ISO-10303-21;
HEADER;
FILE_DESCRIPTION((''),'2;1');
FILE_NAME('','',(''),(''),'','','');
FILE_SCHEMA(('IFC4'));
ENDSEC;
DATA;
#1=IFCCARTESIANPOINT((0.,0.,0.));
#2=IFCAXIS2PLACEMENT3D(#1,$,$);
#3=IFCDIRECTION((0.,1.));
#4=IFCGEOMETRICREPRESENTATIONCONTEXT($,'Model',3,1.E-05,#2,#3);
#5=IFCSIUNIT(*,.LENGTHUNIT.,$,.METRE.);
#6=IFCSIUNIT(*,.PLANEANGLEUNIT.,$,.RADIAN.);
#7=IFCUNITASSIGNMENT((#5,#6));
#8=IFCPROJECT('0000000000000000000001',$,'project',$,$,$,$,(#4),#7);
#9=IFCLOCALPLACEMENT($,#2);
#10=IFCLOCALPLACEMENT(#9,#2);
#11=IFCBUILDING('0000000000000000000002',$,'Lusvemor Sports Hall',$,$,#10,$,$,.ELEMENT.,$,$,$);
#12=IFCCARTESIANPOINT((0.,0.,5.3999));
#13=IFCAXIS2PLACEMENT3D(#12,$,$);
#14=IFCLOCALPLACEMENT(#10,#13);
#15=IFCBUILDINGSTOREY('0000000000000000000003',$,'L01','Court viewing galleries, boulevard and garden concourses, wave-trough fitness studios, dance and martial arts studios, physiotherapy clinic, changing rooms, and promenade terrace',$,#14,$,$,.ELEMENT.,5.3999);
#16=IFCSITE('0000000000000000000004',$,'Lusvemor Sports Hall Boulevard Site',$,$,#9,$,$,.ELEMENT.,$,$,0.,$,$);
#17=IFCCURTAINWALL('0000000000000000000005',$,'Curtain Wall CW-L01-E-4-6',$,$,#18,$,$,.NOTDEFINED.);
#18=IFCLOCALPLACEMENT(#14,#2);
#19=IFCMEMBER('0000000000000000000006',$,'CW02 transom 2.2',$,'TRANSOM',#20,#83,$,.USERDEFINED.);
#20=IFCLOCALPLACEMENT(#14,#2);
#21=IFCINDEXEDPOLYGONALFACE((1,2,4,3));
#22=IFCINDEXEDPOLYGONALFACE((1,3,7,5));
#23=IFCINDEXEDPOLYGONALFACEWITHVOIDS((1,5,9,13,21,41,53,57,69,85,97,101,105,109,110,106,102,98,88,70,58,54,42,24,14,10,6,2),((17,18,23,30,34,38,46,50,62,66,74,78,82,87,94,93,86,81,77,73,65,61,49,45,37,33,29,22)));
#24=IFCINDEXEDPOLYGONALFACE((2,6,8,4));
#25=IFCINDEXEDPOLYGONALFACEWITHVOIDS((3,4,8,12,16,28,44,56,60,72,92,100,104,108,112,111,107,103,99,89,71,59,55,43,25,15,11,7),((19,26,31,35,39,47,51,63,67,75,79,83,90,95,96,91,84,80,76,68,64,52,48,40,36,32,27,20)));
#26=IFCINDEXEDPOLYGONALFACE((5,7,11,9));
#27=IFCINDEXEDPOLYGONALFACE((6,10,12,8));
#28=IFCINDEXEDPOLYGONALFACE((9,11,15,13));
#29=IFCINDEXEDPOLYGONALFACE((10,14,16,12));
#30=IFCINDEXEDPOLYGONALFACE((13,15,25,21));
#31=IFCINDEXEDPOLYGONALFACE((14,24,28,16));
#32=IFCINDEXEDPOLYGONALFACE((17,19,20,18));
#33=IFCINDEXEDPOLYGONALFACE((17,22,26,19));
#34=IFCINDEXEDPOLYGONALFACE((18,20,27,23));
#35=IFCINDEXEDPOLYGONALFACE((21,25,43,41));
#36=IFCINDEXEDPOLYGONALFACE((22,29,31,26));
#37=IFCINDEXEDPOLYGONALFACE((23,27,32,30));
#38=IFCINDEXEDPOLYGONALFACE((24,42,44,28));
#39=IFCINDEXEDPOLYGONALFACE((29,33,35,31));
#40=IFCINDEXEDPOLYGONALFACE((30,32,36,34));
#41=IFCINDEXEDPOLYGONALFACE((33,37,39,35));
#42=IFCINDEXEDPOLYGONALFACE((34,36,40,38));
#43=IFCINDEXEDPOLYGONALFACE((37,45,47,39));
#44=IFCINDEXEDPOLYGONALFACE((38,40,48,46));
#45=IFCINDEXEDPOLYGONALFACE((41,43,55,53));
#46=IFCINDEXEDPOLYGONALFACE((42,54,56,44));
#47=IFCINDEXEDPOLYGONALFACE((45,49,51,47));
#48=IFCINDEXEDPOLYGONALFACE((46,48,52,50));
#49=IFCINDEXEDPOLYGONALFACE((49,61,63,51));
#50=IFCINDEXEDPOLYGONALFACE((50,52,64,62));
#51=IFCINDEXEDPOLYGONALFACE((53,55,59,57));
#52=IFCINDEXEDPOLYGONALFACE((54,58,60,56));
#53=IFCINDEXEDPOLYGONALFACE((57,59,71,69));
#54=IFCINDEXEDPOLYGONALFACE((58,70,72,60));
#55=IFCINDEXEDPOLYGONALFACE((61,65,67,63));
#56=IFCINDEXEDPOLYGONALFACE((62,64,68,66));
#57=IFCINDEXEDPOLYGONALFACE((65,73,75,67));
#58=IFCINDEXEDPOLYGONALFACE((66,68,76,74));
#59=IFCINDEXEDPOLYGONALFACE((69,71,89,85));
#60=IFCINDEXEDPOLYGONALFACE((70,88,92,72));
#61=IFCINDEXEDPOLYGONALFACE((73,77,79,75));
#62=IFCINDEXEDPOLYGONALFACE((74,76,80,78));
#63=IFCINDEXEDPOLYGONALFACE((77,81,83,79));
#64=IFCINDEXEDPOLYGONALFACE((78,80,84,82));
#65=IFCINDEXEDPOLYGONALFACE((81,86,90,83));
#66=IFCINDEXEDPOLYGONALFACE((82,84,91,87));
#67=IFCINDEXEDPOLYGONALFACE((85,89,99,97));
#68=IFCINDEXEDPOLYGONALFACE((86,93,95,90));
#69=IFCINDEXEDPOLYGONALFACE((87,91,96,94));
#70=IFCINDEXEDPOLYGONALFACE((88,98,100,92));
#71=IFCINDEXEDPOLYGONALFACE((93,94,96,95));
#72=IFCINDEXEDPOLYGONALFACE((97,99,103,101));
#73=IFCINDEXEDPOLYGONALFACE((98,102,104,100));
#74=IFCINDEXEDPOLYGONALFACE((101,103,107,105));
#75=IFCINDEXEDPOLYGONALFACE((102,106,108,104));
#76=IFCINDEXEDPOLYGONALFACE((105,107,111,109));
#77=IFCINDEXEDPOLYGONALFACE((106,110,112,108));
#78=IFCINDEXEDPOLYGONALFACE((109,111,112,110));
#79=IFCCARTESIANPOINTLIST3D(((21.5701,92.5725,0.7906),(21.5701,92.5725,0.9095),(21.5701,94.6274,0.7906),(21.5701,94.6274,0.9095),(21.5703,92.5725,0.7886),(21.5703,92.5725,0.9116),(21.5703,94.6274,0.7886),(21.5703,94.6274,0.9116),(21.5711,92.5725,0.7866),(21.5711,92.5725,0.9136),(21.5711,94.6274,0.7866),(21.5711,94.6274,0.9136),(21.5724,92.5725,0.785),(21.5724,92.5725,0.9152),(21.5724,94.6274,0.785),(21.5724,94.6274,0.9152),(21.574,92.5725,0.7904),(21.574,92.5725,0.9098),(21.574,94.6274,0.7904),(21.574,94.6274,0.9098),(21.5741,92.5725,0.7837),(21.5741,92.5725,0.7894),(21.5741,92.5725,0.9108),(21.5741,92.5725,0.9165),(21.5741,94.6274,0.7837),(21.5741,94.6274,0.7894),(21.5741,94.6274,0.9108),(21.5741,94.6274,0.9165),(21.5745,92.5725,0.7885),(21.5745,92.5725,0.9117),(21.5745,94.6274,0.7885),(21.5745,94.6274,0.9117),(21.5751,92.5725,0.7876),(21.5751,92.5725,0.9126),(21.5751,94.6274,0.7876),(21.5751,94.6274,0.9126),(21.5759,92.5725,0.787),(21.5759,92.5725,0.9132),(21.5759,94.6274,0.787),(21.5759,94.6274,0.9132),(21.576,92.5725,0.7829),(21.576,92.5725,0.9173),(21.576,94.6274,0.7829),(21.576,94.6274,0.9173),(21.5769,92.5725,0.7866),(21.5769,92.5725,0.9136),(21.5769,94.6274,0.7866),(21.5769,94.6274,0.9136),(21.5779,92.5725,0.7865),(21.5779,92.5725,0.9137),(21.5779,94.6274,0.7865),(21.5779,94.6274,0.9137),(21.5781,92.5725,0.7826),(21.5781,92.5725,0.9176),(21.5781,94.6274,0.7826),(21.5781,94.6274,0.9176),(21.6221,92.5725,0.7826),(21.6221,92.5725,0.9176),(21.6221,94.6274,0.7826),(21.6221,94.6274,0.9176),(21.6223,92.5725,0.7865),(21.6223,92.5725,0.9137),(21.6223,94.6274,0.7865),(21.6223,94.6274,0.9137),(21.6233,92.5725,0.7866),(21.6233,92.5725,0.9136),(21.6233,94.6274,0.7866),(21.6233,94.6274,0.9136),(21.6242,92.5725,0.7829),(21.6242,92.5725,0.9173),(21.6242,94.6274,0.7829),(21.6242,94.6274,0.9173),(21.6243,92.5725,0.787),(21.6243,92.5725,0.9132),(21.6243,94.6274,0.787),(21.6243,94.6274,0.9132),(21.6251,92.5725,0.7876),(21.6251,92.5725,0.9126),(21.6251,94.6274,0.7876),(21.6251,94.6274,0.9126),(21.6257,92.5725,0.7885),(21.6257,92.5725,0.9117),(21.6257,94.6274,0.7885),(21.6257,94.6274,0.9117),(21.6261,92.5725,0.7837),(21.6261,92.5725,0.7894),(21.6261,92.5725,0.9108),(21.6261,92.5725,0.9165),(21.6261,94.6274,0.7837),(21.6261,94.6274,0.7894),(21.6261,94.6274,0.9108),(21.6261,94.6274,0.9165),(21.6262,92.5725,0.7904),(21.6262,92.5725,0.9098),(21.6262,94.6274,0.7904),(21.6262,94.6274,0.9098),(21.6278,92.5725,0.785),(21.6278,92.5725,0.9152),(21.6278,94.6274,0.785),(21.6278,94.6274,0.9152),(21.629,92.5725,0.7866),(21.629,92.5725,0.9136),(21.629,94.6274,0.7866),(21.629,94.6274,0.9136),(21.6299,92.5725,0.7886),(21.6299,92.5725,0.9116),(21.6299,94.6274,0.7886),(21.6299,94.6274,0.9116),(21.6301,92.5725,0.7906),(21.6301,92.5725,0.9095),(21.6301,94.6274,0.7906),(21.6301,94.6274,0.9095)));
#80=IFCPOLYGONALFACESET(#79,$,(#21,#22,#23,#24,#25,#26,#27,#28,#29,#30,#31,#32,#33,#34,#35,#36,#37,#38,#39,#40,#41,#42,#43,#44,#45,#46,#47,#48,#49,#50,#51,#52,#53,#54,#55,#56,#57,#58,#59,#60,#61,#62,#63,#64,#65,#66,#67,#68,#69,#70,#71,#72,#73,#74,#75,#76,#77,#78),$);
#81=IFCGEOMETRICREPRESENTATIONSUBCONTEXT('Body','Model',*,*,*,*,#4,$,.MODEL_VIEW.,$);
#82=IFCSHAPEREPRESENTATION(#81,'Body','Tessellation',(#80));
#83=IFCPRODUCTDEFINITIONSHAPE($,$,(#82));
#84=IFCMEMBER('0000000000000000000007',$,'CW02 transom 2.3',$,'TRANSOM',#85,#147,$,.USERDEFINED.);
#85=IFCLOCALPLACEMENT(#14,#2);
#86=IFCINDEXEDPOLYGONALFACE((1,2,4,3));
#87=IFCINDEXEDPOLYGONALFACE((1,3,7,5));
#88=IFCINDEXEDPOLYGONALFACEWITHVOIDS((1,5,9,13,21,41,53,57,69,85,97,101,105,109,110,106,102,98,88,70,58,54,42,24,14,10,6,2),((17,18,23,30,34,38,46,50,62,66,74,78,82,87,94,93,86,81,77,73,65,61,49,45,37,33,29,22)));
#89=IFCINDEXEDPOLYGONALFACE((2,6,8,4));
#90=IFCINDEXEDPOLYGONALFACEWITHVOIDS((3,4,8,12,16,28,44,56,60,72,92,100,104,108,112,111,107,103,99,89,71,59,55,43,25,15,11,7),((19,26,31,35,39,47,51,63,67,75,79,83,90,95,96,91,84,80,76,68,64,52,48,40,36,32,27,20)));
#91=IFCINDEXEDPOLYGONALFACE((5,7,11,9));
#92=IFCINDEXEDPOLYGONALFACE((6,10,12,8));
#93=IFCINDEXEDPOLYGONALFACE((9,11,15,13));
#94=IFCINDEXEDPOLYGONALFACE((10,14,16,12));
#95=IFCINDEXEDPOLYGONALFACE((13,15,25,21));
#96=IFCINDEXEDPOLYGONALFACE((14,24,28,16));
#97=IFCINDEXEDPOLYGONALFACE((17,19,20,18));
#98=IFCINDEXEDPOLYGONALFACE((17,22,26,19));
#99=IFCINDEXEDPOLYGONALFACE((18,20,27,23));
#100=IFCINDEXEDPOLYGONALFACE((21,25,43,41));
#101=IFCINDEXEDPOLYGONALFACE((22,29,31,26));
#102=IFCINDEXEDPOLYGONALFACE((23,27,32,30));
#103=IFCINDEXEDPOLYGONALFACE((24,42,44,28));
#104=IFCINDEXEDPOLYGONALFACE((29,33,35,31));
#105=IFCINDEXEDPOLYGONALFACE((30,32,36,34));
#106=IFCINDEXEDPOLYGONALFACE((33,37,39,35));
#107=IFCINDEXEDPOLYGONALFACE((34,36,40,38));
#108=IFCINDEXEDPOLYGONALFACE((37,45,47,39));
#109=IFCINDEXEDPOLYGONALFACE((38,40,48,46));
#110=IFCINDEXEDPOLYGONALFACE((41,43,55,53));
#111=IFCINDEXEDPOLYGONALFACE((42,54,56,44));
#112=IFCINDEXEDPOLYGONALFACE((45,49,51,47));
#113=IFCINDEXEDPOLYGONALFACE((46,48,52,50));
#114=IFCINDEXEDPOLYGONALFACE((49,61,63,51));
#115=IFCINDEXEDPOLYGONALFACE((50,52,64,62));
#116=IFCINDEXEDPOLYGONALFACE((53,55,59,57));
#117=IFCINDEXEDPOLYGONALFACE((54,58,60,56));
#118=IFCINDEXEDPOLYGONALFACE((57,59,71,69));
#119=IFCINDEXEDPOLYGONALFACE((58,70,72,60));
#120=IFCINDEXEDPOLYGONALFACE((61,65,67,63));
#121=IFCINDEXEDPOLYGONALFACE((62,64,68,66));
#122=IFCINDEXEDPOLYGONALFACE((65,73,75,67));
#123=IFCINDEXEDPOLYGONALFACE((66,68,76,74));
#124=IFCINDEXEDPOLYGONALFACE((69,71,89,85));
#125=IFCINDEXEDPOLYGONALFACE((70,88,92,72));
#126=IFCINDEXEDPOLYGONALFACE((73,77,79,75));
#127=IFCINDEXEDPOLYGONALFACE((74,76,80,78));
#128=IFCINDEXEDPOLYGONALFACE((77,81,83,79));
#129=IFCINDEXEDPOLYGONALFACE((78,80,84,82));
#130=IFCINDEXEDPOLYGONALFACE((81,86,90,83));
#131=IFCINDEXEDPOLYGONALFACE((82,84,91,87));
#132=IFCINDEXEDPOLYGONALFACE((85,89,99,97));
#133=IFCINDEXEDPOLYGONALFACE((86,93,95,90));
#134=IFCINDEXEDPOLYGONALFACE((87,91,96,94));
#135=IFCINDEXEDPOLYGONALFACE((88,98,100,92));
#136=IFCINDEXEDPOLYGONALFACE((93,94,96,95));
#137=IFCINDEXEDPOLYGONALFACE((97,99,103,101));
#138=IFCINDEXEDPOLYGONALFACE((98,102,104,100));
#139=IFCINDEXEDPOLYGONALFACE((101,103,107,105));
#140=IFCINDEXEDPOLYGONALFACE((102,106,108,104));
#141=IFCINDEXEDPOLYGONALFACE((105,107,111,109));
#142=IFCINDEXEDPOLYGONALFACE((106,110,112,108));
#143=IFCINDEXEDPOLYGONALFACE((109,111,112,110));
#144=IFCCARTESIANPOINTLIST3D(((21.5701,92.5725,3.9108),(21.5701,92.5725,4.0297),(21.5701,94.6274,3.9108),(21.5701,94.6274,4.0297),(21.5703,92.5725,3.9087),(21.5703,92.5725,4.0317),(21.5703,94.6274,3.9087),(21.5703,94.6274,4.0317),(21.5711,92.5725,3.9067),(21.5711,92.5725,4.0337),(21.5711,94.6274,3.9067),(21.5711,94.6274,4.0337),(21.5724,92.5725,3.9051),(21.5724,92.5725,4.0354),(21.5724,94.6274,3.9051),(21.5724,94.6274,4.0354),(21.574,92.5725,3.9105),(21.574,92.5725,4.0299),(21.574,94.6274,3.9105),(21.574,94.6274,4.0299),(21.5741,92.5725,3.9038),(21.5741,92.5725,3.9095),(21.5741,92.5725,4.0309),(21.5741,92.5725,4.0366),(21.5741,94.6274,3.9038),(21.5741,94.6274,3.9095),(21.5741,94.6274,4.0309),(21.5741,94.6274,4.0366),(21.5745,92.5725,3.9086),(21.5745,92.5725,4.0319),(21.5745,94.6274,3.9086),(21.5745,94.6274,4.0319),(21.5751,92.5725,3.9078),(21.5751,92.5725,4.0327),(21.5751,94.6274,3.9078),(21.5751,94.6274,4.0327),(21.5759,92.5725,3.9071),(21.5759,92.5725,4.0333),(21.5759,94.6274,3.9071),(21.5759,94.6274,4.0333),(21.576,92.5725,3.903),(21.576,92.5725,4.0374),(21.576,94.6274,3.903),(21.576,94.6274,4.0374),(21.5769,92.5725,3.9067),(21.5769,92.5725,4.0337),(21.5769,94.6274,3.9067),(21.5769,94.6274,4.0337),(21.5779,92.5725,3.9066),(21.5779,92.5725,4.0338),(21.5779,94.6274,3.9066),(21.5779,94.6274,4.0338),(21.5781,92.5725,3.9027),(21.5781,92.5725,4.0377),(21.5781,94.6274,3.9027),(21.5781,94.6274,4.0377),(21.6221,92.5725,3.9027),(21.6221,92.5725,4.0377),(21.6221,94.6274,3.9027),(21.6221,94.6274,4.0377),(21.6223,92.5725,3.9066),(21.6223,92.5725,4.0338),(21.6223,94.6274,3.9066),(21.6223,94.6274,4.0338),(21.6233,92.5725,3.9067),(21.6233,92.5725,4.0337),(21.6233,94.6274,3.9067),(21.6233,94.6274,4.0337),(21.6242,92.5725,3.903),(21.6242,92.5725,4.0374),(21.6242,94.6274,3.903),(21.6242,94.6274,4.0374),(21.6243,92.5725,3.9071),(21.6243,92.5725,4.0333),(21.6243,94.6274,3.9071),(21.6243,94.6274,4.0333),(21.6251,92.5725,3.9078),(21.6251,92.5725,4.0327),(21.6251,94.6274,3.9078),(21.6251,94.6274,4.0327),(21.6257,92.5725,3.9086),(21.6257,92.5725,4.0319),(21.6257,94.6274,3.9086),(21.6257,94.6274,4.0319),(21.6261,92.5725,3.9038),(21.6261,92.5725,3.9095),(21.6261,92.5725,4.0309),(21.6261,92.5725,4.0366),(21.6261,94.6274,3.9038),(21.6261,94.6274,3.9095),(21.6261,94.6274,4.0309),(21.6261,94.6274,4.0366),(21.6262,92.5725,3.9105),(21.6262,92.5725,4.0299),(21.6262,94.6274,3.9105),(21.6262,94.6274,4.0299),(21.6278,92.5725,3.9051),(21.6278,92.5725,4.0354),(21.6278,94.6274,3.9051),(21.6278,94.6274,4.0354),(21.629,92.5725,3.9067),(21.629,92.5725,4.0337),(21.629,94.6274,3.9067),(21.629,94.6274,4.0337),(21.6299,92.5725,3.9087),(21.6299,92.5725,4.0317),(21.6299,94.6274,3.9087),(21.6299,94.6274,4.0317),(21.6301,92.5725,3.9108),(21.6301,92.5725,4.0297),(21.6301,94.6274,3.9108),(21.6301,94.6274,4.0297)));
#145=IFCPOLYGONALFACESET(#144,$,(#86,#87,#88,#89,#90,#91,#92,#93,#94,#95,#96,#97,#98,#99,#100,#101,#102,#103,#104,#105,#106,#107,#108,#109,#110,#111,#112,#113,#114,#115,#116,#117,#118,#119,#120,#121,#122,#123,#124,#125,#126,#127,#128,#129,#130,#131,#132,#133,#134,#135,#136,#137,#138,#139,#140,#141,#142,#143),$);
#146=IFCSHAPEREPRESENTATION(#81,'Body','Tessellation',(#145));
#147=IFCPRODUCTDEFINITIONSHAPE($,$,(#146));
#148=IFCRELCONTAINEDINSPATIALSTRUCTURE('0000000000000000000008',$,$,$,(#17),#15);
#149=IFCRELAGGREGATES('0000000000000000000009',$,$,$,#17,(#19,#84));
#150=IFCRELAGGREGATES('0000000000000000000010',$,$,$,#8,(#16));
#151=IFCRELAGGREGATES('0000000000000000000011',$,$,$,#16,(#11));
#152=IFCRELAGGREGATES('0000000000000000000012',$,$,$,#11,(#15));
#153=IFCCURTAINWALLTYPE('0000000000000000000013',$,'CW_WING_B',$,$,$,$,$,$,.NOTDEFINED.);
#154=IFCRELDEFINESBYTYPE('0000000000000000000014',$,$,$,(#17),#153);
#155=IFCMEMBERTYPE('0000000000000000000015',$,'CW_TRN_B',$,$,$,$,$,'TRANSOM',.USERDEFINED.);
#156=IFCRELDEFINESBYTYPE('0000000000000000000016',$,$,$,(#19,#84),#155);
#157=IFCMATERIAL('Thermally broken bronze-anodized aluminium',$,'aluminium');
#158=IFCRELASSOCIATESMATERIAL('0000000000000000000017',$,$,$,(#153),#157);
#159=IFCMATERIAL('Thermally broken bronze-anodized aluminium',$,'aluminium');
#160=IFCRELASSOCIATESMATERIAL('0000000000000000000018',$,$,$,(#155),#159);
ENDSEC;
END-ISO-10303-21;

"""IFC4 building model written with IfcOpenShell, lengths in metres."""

from ifc_helpers import new_model, si_unit, direction, frame, origin, origin_2d, place, context, subcontext, project, spatial, hollow_rectangle, extrude, material, material_profile, profile_set, type_object, element, aggregate, save


model = new_model("IFC4")

# Units and contexts
model_context = context("Model", 3, precision=1e-05, world=origin(), true_north=direction((0.0, 1.0)))
body_context = subcontext(model_context, "Body", "Model", "MODEL_VIEW")
ifc_project = project(units=[si_unit("LENGTHUNIT", "METRE"), si_unit("PLANEANGLEUNIT", "RADIAN")], contexts=[model_context])

# Site, building, storey
site_placement = place(None, origin())
site = spatial("IfcSite", under=ifc_project, at=site_placement, Name="Lusvemor Sports Hall Boulevard Site", CompositionType="ELEMENT", RefElevation=0.0)
building_placement = place(site_placement, origin())
building = spatial("IfcBuilding", under=site, at=building_placement, Name="Lusvemor Sports Hall", CompositionType="ELEMENT")
storey_placement = place(building_placement, frame((0.0, 0.0, 5.3999)))
storey = spatial("IfcBuildingStorey", under=building, at=storey_placement, Name="L01", Description="Court viewing galleries, boulevard and garden concourses, wave-trough fitness studios, dance and martial arts studios, physiotherapy clinic, changing rooms, and promenade terrace", CompositionType="ELEMENT", Elevation=5.3999)

# Shared definitions
ifc_material_1 = material(Name="Thermally broken bronze-anodized aluminium", Category="aluminium")
curtain_wall_type = type_object("IfcCurtainWallType", Name="CW_WING_B", PredefinedType="NOTDEFINED", material=ifc_material_1)

# Curtain wall
curtain_wall_1_placement = place(storey_placement, origin())
curtain_wall_1 = element("IfcCurtainWall", 1, at=curtain_wall_1_placement, inside=storey, type_object=curtain_wall_type, Name="Curtain Wall CW-L01-E-4-6", PredefinedType="NOTDEFINED")

# Members
ifc_material_2 = material(Name="Thermally broken bronze-anodized aluminium", Category="aluminium")
ifc_material_profile_1 = material_profile(ifc_material_2, hollow_rectangle(XDim=0.0601, YDim=0.135, WallThickness=0.0039, InnerFilletRadius=0.0039, OuterFilletRadius=0.0081, at=origin_2d()), Name="CWTRN135x60x4")
ifc_profile_set_1 = profile_set([ifc_material_profile_1], Name="Thermally broken bronze-anodized aluminium")
member_type_1 = type_object("IfcMemberType", Name="CW_TRN_B", ElementType="TRANSOM", PredefinedType="USERDEFINED", material=ifc_profile_set_1)
member_1_placement = place(storey_placement, frame((21.6001, 94.6274, 0.8501), z_axis=(0.0, -1.0, 0.0), x_axis=(1.0, 0.0, 0.0)))
member_1 = element("IfcMember", 2, at=member_1_placement, type_object=member_type_1, Name="CW02 transom 2.2", ObjectType="TRANSOM", PredefinedType="USERDEFINED", context=body_context, shape_type="SweptSolid", body=[
    extrude(hollow_rectangle(XDim=0.0601, YDim=0.135, WallThickness=0.0039, InnerFilletRadius=0.0039, OuterFilletRadius=0.0081, at=origin_2d()), origin(), (0.0, 0.0, 1.0), 2.0549),
])
member_2_placement = place(storey_placement, frame((21.6001, 94.6274, 3.9702), z_axis=(0.0, -1.0, 0.0), x_axis=(1.0, 0.0, 0.0)))
member_2 = element("IfcMember", 3, at=member_2_placement, type_object=member_type_1, Name="CW02 transom 2.3", ObjectType="TRANSOM", PredefinedType="USERDEFINED", context=body_context, shape_type="SweptSolid", body=[
    extrude(hollow_rectangle(XDim=0.0601, YDim=0.135, WallThickness=0.0039, InnerFilletRadius=0.0039, OuterFilletRadius=0.0081, at=origin_2d()), origin(), (0.0, 0.0, 1.0), 2.0549),
])

aggregate(curtain_wall_1, [member_1, member_2])

save(model, "model.ifc")
